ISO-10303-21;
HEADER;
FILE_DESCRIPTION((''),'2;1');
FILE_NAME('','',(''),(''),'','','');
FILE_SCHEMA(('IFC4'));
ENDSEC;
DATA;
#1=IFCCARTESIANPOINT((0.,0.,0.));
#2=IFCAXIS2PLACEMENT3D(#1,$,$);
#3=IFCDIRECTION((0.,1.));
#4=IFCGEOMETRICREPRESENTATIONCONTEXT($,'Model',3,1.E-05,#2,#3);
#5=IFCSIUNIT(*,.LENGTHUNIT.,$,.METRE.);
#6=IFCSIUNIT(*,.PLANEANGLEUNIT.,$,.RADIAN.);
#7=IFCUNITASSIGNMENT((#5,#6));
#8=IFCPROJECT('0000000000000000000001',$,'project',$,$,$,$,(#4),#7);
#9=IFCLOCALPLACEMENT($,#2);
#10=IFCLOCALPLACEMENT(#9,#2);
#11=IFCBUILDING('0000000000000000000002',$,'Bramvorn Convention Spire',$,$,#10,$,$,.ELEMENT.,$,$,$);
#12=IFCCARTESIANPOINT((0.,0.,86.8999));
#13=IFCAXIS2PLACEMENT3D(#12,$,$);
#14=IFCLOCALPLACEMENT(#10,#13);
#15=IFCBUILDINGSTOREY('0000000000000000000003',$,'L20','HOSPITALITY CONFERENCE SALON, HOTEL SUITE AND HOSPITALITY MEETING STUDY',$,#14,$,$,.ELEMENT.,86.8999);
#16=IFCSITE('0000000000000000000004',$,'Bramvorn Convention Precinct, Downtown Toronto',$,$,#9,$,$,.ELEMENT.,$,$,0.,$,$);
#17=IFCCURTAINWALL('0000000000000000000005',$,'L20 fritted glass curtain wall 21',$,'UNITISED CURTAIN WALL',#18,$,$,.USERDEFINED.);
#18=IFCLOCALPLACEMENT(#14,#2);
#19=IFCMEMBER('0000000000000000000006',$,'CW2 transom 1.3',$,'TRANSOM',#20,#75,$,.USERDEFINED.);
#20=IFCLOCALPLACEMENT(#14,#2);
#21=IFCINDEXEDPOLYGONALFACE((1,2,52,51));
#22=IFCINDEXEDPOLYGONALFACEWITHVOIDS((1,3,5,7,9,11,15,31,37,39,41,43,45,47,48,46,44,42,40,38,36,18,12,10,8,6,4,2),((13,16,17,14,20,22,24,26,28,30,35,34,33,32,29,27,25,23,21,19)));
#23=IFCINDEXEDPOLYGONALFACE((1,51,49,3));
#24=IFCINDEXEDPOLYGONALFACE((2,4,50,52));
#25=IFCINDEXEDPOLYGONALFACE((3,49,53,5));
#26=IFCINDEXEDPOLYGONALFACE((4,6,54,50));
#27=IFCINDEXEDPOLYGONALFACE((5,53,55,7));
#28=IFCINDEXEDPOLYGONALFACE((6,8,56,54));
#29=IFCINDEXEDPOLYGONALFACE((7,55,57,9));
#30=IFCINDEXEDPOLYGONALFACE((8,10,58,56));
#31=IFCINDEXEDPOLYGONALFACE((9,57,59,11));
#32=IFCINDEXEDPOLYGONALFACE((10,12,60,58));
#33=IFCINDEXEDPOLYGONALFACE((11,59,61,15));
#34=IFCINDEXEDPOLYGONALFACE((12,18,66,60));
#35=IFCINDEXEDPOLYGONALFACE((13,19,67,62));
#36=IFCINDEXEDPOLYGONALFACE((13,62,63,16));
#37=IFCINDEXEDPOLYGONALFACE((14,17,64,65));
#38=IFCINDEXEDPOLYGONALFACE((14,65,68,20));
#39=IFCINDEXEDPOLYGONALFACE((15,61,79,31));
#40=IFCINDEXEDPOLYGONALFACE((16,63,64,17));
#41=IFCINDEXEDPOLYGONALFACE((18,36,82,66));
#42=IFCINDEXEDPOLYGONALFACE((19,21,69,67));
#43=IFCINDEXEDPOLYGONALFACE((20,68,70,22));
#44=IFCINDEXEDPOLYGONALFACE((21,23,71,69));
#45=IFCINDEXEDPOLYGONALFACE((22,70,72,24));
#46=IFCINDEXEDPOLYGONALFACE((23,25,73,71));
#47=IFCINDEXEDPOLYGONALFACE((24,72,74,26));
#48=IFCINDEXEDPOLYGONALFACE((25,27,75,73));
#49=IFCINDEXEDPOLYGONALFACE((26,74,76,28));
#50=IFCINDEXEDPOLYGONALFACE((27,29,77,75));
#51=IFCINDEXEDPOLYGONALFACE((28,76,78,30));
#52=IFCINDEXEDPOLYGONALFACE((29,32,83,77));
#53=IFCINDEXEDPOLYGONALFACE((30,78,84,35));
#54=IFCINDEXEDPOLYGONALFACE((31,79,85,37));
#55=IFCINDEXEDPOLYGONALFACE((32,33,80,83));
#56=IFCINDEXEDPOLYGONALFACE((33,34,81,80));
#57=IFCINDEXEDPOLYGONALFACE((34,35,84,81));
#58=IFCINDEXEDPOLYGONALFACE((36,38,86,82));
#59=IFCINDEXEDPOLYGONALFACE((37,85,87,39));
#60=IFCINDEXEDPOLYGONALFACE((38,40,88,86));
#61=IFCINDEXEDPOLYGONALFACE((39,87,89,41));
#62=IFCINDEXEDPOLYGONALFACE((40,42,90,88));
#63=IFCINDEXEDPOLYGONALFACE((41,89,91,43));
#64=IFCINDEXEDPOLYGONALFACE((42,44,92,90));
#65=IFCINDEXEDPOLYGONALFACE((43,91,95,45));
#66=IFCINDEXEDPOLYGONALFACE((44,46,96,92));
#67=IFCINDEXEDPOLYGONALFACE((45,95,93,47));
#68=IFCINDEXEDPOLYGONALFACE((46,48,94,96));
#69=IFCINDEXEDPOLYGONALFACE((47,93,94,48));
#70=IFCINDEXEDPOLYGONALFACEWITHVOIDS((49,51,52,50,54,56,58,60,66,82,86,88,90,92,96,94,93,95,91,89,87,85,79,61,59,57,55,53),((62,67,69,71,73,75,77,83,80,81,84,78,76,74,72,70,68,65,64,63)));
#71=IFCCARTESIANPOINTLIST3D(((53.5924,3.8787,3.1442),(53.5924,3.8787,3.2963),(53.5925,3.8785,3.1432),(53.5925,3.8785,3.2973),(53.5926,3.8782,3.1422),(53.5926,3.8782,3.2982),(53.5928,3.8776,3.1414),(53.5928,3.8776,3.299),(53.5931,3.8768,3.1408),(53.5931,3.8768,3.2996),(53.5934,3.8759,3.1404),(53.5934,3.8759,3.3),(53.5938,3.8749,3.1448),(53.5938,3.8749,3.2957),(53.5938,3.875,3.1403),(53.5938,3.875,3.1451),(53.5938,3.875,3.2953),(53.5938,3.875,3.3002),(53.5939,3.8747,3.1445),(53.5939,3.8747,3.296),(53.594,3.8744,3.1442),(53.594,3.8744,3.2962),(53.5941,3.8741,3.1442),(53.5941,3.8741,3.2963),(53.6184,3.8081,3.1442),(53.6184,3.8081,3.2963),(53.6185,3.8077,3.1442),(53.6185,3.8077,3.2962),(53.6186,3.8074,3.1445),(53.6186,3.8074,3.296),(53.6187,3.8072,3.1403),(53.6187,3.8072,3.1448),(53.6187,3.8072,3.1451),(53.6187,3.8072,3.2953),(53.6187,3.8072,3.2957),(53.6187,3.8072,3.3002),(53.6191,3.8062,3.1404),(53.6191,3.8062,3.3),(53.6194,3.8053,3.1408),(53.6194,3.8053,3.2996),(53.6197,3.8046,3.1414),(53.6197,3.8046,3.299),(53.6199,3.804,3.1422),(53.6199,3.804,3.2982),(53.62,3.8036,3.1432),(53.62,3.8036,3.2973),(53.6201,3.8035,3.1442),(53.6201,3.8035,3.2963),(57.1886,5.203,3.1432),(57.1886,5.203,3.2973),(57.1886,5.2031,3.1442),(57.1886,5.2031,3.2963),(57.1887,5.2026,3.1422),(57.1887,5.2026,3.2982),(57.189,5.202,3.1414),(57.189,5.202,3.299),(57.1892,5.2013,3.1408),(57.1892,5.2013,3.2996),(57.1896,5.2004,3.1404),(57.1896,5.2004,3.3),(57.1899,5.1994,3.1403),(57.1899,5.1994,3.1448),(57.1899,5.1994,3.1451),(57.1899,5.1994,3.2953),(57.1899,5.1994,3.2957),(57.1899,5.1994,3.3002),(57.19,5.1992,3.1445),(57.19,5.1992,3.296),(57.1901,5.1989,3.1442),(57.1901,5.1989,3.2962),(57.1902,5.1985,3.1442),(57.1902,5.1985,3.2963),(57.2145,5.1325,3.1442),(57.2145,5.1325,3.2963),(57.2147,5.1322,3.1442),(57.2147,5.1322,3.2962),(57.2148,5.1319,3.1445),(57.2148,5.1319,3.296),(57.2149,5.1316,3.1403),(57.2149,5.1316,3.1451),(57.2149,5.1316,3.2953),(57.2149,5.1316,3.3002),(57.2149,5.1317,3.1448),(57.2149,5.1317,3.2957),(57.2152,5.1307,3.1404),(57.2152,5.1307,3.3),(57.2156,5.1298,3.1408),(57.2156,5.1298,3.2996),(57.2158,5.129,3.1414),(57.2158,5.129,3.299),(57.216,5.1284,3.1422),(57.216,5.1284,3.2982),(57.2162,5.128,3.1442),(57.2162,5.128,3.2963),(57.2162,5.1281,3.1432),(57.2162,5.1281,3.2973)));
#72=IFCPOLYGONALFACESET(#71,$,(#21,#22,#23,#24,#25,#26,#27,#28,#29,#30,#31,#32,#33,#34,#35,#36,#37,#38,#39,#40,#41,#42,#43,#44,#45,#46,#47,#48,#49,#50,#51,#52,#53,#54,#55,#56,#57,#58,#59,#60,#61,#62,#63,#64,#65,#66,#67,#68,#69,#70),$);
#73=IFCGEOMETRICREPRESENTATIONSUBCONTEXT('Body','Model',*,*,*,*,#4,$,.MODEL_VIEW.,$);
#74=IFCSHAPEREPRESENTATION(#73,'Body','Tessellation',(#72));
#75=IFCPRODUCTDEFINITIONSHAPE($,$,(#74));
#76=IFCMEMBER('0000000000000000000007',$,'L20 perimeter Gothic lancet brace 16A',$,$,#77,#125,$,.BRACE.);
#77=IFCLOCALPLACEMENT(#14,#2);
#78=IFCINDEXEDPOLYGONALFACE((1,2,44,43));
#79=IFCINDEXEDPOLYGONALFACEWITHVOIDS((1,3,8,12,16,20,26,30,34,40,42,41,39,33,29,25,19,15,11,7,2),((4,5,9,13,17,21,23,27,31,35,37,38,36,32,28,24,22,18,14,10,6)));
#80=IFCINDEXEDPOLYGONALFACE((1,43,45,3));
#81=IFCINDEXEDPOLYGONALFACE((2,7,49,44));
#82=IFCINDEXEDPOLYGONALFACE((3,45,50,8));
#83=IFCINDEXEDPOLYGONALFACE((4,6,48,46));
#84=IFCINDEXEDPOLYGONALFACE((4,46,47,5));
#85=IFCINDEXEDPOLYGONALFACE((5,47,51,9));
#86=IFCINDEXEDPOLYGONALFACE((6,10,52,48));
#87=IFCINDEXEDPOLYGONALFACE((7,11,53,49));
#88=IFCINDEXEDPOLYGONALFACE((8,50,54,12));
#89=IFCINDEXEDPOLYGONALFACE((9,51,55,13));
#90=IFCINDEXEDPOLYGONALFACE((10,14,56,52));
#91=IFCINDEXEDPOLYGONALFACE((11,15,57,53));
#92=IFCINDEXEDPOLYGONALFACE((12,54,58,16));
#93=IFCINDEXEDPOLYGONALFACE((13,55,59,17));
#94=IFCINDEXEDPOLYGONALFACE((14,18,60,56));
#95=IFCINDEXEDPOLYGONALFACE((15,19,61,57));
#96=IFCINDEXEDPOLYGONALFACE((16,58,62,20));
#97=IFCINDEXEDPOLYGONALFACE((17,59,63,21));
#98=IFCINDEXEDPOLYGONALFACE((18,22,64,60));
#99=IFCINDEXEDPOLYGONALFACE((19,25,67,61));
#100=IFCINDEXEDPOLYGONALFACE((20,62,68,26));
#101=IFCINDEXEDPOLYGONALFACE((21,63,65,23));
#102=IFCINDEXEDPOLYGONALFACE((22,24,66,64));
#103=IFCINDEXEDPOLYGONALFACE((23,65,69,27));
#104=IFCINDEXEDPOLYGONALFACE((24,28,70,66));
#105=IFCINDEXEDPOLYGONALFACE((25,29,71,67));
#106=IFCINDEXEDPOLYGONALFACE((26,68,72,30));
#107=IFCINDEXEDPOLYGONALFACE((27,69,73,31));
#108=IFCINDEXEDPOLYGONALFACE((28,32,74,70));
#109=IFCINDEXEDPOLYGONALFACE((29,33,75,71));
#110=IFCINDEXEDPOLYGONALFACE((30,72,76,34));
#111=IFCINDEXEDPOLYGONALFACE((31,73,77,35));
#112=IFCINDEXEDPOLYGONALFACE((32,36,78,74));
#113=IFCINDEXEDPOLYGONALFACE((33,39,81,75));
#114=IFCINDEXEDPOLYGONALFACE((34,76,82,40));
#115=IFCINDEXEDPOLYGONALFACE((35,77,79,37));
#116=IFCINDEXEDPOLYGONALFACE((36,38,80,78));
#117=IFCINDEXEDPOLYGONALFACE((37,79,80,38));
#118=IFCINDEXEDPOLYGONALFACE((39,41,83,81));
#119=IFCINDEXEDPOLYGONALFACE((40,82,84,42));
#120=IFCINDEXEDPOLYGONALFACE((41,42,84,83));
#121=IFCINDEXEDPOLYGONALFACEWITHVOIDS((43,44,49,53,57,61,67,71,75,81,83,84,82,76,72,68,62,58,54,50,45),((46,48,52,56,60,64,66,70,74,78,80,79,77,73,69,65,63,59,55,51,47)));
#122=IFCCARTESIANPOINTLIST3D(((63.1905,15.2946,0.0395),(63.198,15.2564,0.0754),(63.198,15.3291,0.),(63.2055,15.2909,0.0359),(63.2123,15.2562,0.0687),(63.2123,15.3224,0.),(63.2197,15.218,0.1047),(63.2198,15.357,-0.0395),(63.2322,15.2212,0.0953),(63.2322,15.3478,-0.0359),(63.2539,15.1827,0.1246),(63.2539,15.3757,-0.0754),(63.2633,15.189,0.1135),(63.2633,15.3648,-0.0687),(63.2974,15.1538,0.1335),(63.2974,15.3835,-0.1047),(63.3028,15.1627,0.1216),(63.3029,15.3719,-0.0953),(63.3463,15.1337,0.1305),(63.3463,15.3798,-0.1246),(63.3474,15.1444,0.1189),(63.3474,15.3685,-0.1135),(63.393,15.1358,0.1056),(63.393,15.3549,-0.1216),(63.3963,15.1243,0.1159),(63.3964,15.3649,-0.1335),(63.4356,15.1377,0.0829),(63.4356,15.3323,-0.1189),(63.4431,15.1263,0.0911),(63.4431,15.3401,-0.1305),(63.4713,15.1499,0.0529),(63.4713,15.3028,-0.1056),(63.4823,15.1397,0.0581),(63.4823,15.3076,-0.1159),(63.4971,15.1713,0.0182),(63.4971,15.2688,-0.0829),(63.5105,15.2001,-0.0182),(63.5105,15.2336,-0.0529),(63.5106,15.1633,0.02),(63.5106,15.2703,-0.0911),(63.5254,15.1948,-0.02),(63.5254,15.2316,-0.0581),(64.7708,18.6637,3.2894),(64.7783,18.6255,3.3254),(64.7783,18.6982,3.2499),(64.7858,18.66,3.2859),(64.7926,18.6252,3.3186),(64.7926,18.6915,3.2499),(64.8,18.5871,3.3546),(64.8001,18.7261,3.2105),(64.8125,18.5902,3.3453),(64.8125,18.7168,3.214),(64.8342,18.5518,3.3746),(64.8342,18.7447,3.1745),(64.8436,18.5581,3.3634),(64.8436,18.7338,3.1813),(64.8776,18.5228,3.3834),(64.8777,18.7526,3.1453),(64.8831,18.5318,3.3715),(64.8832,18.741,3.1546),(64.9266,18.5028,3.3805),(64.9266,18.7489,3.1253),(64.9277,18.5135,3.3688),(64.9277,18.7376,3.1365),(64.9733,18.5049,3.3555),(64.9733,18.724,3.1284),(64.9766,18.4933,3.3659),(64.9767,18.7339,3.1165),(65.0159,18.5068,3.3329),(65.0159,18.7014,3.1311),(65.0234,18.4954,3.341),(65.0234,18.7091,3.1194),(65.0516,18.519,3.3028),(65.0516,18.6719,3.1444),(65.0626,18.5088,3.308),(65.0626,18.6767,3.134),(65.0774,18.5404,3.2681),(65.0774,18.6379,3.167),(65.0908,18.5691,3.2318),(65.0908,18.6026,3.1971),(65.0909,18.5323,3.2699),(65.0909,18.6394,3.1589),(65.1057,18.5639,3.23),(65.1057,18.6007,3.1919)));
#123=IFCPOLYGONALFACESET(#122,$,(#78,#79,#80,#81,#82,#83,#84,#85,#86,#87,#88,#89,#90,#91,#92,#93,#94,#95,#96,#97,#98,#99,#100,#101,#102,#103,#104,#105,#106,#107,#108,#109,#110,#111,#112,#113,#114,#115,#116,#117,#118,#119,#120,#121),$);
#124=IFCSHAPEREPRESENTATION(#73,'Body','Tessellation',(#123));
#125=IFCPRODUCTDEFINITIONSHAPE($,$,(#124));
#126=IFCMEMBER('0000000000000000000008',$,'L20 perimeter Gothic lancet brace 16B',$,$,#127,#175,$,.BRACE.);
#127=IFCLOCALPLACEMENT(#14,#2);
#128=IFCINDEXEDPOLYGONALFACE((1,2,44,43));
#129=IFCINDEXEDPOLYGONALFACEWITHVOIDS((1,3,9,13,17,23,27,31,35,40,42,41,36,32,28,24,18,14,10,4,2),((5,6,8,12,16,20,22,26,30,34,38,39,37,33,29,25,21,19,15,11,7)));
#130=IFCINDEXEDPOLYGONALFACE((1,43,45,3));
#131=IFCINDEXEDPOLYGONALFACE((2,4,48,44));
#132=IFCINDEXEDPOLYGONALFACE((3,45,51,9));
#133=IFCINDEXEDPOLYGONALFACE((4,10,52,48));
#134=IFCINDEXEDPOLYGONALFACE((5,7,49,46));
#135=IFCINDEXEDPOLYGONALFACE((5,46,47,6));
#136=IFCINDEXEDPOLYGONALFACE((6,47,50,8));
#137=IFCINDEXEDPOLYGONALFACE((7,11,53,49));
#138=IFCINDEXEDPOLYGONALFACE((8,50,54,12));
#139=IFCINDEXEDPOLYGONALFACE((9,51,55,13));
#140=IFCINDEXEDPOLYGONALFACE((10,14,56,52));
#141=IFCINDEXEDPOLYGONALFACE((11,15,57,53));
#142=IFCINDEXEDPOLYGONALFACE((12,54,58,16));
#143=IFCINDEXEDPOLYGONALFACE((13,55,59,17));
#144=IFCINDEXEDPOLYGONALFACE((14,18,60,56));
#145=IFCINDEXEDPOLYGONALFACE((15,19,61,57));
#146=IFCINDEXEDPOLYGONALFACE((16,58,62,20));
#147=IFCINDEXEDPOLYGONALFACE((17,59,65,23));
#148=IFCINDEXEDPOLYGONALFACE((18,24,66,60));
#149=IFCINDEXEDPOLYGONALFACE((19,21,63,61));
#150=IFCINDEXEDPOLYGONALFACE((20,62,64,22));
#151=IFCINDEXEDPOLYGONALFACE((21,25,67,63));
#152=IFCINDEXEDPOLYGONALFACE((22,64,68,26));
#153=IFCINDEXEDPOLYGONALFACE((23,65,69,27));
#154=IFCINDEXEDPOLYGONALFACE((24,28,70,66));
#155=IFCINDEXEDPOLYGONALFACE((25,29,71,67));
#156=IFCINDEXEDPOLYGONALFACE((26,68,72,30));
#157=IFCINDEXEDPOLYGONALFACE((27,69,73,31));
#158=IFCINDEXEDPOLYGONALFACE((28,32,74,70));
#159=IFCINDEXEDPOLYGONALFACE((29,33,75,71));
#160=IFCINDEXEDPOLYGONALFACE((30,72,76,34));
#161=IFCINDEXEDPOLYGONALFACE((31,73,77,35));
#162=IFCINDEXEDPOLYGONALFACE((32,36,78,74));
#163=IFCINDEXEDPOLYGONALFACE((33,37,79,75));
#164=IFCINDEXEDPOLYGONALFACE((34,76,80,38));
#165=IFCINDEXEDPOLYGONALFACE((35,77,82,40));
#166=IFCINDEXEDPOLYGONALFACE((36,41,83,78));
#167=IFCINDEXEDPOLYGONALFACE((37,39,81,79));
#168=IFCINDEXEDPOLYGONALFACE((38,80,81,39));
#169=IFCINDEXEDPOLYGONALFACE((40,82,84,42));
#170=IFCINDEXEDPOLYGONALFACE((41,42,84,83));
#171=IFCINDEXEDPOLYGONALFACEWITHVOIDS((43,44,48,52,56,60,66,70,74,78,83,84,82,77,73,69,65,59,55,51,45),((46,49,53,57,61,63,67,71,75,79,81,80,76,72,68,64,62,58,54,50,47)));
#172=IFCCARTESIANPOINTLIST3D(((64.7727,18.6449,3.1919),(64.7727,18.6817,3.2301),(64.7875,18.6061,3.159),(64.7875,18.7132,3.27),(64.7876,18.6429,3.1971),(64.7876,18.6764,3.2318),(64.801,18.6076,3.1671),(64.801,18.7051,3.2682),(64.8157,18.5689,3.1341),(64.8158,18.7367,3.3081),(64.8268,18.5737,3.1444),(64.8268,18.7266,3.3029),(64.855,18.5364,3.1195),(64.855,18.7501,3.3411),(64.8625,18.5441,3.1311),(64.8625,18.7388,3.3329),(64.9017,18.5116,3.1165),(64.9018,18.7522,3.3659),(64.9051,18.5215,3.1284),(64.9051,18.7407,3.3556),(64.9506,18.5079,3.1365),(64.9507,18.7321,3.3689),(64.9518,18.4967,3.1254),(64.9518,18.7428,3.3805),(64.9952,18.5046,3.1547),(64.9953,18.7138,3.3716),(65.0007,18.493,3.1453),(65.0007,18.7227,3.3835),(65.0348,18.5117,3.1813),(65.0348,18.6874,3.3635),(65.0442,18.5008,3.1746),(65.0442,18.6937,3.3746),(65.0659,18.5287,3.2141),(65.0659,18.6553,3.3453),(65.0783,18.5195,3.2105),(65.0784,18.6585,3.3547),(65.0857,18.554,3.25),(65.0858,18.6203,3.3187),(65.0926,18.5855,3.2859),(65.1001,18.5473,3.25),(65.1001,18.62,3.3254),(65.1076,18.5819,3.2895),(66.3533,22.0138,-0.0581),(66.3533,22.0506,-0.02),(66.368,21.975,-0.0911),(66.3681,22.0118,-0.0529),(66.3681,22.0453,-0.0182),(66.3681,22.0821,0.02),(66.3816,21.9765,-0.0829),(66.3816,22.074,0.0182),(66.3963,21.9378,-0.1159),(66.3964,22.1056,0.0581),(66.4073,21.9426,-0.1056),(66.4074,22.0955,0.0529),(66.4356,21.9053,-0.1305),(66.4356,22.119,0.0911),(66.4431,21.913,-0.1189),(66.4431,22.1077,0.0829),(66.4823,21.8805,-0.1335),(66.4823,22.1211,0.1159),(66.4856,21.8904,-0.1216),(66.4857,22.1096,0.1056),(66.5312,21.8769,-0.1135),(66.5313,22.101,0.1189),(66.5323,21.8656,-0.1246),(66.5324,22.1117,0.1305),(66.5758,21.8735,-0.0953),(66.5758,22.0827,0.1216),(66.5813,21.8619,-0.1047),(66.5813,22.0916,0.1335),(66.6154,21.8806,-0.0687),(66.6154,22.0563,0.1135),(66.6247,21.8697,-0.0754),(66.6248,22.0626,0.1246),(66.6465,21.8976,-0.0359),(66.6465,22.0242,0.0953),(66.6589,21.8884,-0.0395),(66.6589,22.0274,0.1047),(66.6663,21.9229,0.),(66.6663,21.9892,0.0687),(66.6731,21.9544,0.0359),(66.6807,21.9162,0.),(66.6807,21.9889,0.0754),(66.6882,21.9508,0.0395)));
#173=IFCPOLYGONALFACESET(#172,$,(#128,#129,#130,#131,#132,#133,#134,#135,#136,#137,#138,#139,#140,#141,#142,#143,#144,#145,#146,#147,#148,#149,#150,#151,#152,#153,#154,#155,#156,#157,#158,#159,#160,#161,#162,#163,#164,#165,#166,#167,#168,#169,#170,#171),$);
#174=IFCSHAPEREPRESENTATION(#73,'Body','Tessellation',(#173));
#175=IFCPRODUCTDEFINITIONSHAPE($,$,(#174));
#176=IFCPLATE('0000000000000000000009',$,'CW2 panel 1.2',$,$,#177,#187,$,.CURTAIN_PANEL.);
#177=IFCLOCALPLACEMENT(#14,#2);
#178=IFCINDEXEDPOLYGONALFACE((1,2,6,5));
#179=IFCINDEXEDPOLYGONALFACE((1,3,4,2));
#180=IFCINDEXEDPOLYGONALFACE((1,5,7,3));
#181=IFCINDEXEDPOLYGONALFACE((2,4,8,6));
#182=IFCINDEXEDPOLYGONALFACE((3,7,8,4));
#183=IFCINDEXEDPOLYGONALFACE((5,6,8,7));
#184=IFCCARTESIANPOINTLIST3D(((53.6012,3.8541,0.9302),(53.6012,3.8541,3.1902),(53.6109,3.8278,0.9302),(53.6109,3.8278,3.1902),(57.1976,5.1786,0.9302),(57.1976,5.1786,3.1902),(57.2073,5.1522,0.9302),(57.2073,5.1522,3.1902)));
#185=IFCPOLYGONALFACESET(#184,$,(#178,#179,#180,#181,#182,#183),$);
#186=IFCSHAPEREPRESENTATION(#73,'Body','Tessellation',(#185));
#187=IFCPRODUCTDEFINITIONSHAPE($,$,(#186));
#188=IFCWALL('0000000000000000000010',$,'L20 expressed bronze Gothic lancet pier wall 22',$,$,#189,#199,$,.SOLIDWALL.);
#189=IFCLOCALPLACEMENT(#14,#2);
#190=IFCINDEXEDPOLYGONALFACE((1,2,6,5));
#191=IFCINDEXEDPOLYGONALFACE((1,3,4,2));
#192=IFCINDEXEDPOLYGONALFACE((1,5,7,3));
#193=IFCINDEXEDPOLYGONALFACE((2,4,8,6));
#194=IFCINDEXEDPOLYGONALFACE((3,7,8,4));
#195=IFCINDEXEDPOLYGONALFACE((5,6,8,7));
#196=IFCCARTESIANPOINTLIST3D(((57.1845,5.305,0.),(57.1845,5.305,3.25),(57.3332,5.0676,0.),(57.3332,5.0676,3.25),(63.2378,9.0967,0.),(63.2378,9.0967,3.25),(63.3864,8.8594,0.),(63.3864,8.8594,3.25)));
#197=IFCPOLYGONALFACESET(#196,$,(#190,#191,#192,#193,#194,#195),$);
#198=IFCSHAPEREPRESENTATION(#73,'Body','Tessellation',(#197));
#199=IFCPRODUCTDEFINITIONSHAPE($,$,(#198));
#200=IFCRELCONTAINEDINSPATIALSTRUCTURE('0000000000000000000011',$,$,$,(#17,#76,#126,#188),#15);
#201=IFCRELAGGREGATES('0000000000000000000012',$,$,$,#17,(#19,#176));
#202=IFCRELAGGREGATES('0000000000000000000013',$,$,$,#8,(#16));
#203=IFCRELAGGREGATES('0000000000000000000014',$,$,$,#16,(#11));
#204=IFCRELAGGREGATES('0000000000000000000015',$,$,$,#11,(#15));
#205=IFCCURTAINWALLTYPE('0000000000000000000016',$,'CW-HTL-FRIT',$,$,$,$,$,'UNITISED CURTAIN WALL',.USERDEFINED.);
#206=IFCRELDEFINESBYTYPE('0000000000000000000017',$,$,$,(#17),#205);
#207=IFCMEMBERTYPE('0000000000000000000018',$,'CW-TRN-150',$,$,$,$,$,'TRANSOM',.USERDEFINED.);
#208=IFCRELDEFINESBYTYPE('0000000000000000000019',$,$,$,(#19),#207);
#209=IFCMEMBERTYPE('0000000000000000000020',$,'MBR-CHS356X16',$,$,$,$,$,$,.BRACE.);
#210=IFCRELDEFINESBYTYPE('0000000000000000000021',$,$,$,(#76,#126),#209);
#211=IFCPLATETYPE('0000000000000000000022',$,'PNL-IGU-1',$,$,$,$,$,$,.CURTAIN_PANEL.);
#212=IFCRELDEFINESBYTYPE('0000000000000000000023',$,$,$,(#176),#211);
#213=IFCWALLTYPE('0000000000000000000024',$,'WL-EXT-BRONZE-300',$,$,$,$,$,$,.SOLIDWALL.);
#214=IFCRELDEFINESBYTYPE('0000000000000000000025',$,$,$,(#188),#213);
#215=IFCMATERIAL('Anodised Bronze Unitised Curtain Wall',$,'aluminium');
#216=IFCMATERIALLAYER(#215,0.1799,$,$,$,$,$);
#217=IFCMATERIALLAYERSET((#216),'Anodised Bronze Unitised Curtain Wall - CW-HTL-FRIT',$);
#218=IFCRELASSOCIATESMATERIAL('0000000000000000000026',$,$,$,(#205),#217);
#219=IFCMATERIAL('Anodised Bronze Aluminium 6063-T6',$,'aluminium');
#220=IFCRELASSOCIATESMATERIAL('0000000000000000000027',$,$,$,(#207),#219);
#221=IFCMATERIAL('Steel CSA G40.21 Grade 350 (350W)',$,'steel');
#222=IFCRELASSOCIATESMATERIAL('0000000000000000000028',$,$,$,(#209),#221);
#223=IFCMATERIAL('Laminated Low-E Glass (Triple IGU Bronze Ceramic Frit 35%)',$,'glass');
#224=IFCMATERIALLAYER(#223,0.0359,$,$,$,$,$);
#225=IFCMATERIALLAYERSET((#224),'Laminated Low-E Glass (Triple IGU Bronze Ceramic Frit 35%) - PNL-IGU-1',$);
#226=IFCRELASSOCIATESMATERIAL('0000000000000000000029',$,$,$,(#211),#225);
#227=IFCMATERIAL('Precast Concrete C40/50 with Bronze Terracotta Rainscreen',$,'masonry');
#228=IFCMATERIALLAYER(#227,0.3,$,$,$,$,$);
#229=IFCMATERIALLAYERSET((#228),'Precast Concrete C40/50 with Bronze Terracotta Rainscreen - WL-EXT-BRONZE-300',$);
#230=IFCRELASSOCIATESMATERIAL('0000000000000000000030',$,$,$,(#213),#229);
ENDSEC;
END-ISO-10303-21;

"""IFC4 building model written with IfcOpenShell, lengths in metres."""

from ifc_helpers import new_model, si_unit, direction, frame, frame_2d, origin, origin_2d, place, context, subcontext, project, spatial, rectangle, hollow_rectangle, hollow_circle, extrude, material, layer, layer_set, material_profile, profile_set, type_object, element, aggregate, save


model = new_model("IFC4")

# Units and contexts
model_context = context("Model", 3, precision=1e-05, world=origin(), true_north=direction((0.0, 1.0)))
body_context = subcontext(model_context, "Body", "Model", "MODEL_VIEW")
ifc_project = project(units=[si_unit("LENGTHUNIT", "METRE"), si_unit("PLANEANGLEUNIT", "RADIAN")], contexts=[model_context])

# Site, building, storey
site_placement = place(None, origin())
site = spatial("IfcSite", under=ifc_project, at=site_placement, Name="Bramvorn Convention Precinct, Downtown Toronto", CompositionType="ELEMENT", RefElevation=0.0)
building_placement = place(site_placement, origin())
building = spatial("IfcBuilding", under=site, at=building_placement, Name="Bramvorn Convention Spire", CompositionType="ELEMENT")
storey_placement = place(building_placement, frame((0.0, 0.0, 86.8999)))
storey = spatial("IfcBuildingStorey", under=building, at=storey_placement, Name="L20", Description="HOSPITALITY CONFERENCE SALON, HOTEL SUITE AND HOSPITALITY MEETING STUDY", CompositionType="ELEMENT", Elevation=86.8999)

# Shared definitions
ifc_material_1 = material(Name="Steel CSA G40.21 Grade 350 (350W)", Category="steel")

# Curtain wall, member
ifc_material_2 = material(Name="Anodised Bronze Unitised Curtain Wall", Category="aluminium")
ifc_layer_1 = layer(ifc_material_2, 0.1799)
ifc_layer_set_1 = layer_set([ifc_layer_1], Name="Anodised Bronze Unitised Curtain Wall - CW-HTL-FRIT")
curtain_wall_type = type_object("IfcCurtainWallType", Name="CW-HTL-FRIT", ElementType="UNITISED CURTAIN WALL", PredefinedType="USERDEFINED", material=ifc_layer_set_1)
curtain_wall_placement = place(storey_placement, origin())
curtain_wall = element("IfcCurtainWall", 1, at=curtain_wall_placement, inside=storey, type_object=curtain_wall_type, Name="L20 fritted glass curtain wall 21", ObjectType="UNITISED CURTAIN WALL", PredefinedType="USERDEFINED")
ifc_material_3 = material(Name="Anodised Bronze Aluminium 6063-T6", Category="aluminium")
ifc_material_profile_1 = material_profile(ifc_material_3, hollow_rectangle(XDim=0.0801, YDim=0.1599, WallThickness=0.0039, InnerFilletRadius=0.001, OuterFilletRadius=0.0039, at=origin_2d()))
ifc_profile_set_1 = profile_set([ifc_material_profile_1], Name="Anodised Bronze Aluminium 6063-T6 - CWT80X160")
member_type_1 = type_object("IfcMemberType", Name="CW-TRN-150", ElementType="TRANSOM", PredefinedType="USERDEFINED", material=ifc_profile_set_1)
member_1_placement = place(storey_placement, frame((57.2024, 5.1655, 3.2202), z_axis=(-0.938381, -0.345602, 0.0), x_axis=(0.345602, -0.938381, 0.0)))
member_1 = element("IfcMember", 2, at=member_1_placement, type_object=member_type_1, Name="CW2 transom 1.3", ObjectType="TRANSOM", PredefinedType="USERDEFINED", context=body_context, shape_type="SweptSolid", body=[
    extrude(hollow_rectangle(XDim=0.0801, YDim=0.1599, WallThickness=0.0039, InnerFilletRadius=0.001, OuterFilletRadius=0.0039, at=origin_2d()), origin(), (0.0, 0.0, 1.0), 3.8323),
])

# Members
ifc_material_profile_2 = material_profile(ifc_material_1, hollow_circle(Radius=0.1777, WallThickness=0.0159, at=origin_2d()))
ifc_profile_set_2 = profile_set([ifc_material_profile_2], Name="Steel CSA G40.21 Grade 350 (350W) - CHS356X16")
member_type_2 = type_object("IfcMemberType", Name="MBR-CHS356X16", PredefinedType="BRACE", material=ifc_profile_set_2)
for number, where, z_axis, x_axis, name in (
    (3, (63.3589, 15.2537, 0.0), (0.319855, 0.681909, 0.657795), (-0.905352, 0.424662, 0.0), "L20 perimeter Gothic lancet brace 16A"),
    (4, (66.5198, 21.9917, 0.0), (-0.31991, -0.681871, 0.657806), (0.905315, -0.424741, 0.0), "L20 perimeter Gothic lancet brace 16B"),
):
    element("IfcMember", number, at=place(storey_placement, frame(where, z_axis=z_axis, x_axis=x_axis)), inside=storey, type_object=member_type_2, Name=name, PredefinedType="BRACE", context=body_context, shape_type="SweptSolid", body=[
        extrude(hollow_circle(Radius=0.1777, WallThickness=0.0159, at=origin_2d()), origin(), (0.0, 0.0, 1.0), 4.9407),
    ])

# Plate
ifc_material_4 = material(Name="Laminated Low-E Glass (Triple IGU Bronze Ceramic Frit 35%)", Category="glass")
ifc_layer_2 = layer(ifc_material_4, 0.0359)
ifc_layer_set_2 = layer_set([ifc_layer_2], Name="Laminated Low-E Glass (Triple IGU Bronze Ceramic Frit 35%) - PNL-IGU-1")
plate_type = type_object("IfcPlateType", Name="PNL-IGU-1", PredefinedType="CURTAIN_PANEL", material=ifc_layer_set_2)
plate_placement = place(storey_placement, frame((55.4043, 4.5032, 0.9302), z_axis=(0.0, 0.0, 1.0), x_axis=(-0.938391, -0.345574, 0.0)))
plate = element("IfcPlate", 5, at=plate_placement, type_object=plate_type, Name="CW2 panel 1.2", PredefinedType="CURTAIN_PANEL", context=body_context, shape_type="SweptSolid", body=[
    extrude(rectangle(XDim=3.8325, YDim=0.0281, at=origin_2d()), origin(), (0.0, 0.0, 1.0), 2.26),
])
aggregate(curtain_wall, [member_1, plate])

# Wall
ifc_material_5 = material(Name="Precast Concrete C40/50 with Bronze Terracotta Rainscreen", Category="masonry")
ifc_layer_3 = layer(ifc_material_5, 0.3)
ifc_layer_set_3 = layer_set([ifc_layer_3], Name="Precast Concrete C40/50 with Bronze Terracotta Rainscreen - WL-EXT-BRONZE-300")
wall_type = type_object("IfcWallType", Name="WL-EXT-BRONZE-300", PredefinedType="SOLIDWALL", material=ifc_layer_set_3)
wall_1_placement = place(storey_placement, frame((63.312, 8.978, 0.0), z_axis=(0.0, 0.0, 1.0), x_axis=(-0.847464, -0.530853, 0.0)))
element("IfcWall", 6, at=wall_1_placement, inside=storey, type_object=wall_type, Name="L20 expressed bronze Gothic lancet pier wall 22", PredefinedType="SOLIDWALL", context=body_context, shape_type="SweptSolid", body=[
    extrude(rectangle(XDim=7.1428, YDim=0.28, at=frame_2d((3.5713, 0.0))), origin(), (0.0, 0.0, 1.0), 3.25),
])

save(model, "model.ifc")
